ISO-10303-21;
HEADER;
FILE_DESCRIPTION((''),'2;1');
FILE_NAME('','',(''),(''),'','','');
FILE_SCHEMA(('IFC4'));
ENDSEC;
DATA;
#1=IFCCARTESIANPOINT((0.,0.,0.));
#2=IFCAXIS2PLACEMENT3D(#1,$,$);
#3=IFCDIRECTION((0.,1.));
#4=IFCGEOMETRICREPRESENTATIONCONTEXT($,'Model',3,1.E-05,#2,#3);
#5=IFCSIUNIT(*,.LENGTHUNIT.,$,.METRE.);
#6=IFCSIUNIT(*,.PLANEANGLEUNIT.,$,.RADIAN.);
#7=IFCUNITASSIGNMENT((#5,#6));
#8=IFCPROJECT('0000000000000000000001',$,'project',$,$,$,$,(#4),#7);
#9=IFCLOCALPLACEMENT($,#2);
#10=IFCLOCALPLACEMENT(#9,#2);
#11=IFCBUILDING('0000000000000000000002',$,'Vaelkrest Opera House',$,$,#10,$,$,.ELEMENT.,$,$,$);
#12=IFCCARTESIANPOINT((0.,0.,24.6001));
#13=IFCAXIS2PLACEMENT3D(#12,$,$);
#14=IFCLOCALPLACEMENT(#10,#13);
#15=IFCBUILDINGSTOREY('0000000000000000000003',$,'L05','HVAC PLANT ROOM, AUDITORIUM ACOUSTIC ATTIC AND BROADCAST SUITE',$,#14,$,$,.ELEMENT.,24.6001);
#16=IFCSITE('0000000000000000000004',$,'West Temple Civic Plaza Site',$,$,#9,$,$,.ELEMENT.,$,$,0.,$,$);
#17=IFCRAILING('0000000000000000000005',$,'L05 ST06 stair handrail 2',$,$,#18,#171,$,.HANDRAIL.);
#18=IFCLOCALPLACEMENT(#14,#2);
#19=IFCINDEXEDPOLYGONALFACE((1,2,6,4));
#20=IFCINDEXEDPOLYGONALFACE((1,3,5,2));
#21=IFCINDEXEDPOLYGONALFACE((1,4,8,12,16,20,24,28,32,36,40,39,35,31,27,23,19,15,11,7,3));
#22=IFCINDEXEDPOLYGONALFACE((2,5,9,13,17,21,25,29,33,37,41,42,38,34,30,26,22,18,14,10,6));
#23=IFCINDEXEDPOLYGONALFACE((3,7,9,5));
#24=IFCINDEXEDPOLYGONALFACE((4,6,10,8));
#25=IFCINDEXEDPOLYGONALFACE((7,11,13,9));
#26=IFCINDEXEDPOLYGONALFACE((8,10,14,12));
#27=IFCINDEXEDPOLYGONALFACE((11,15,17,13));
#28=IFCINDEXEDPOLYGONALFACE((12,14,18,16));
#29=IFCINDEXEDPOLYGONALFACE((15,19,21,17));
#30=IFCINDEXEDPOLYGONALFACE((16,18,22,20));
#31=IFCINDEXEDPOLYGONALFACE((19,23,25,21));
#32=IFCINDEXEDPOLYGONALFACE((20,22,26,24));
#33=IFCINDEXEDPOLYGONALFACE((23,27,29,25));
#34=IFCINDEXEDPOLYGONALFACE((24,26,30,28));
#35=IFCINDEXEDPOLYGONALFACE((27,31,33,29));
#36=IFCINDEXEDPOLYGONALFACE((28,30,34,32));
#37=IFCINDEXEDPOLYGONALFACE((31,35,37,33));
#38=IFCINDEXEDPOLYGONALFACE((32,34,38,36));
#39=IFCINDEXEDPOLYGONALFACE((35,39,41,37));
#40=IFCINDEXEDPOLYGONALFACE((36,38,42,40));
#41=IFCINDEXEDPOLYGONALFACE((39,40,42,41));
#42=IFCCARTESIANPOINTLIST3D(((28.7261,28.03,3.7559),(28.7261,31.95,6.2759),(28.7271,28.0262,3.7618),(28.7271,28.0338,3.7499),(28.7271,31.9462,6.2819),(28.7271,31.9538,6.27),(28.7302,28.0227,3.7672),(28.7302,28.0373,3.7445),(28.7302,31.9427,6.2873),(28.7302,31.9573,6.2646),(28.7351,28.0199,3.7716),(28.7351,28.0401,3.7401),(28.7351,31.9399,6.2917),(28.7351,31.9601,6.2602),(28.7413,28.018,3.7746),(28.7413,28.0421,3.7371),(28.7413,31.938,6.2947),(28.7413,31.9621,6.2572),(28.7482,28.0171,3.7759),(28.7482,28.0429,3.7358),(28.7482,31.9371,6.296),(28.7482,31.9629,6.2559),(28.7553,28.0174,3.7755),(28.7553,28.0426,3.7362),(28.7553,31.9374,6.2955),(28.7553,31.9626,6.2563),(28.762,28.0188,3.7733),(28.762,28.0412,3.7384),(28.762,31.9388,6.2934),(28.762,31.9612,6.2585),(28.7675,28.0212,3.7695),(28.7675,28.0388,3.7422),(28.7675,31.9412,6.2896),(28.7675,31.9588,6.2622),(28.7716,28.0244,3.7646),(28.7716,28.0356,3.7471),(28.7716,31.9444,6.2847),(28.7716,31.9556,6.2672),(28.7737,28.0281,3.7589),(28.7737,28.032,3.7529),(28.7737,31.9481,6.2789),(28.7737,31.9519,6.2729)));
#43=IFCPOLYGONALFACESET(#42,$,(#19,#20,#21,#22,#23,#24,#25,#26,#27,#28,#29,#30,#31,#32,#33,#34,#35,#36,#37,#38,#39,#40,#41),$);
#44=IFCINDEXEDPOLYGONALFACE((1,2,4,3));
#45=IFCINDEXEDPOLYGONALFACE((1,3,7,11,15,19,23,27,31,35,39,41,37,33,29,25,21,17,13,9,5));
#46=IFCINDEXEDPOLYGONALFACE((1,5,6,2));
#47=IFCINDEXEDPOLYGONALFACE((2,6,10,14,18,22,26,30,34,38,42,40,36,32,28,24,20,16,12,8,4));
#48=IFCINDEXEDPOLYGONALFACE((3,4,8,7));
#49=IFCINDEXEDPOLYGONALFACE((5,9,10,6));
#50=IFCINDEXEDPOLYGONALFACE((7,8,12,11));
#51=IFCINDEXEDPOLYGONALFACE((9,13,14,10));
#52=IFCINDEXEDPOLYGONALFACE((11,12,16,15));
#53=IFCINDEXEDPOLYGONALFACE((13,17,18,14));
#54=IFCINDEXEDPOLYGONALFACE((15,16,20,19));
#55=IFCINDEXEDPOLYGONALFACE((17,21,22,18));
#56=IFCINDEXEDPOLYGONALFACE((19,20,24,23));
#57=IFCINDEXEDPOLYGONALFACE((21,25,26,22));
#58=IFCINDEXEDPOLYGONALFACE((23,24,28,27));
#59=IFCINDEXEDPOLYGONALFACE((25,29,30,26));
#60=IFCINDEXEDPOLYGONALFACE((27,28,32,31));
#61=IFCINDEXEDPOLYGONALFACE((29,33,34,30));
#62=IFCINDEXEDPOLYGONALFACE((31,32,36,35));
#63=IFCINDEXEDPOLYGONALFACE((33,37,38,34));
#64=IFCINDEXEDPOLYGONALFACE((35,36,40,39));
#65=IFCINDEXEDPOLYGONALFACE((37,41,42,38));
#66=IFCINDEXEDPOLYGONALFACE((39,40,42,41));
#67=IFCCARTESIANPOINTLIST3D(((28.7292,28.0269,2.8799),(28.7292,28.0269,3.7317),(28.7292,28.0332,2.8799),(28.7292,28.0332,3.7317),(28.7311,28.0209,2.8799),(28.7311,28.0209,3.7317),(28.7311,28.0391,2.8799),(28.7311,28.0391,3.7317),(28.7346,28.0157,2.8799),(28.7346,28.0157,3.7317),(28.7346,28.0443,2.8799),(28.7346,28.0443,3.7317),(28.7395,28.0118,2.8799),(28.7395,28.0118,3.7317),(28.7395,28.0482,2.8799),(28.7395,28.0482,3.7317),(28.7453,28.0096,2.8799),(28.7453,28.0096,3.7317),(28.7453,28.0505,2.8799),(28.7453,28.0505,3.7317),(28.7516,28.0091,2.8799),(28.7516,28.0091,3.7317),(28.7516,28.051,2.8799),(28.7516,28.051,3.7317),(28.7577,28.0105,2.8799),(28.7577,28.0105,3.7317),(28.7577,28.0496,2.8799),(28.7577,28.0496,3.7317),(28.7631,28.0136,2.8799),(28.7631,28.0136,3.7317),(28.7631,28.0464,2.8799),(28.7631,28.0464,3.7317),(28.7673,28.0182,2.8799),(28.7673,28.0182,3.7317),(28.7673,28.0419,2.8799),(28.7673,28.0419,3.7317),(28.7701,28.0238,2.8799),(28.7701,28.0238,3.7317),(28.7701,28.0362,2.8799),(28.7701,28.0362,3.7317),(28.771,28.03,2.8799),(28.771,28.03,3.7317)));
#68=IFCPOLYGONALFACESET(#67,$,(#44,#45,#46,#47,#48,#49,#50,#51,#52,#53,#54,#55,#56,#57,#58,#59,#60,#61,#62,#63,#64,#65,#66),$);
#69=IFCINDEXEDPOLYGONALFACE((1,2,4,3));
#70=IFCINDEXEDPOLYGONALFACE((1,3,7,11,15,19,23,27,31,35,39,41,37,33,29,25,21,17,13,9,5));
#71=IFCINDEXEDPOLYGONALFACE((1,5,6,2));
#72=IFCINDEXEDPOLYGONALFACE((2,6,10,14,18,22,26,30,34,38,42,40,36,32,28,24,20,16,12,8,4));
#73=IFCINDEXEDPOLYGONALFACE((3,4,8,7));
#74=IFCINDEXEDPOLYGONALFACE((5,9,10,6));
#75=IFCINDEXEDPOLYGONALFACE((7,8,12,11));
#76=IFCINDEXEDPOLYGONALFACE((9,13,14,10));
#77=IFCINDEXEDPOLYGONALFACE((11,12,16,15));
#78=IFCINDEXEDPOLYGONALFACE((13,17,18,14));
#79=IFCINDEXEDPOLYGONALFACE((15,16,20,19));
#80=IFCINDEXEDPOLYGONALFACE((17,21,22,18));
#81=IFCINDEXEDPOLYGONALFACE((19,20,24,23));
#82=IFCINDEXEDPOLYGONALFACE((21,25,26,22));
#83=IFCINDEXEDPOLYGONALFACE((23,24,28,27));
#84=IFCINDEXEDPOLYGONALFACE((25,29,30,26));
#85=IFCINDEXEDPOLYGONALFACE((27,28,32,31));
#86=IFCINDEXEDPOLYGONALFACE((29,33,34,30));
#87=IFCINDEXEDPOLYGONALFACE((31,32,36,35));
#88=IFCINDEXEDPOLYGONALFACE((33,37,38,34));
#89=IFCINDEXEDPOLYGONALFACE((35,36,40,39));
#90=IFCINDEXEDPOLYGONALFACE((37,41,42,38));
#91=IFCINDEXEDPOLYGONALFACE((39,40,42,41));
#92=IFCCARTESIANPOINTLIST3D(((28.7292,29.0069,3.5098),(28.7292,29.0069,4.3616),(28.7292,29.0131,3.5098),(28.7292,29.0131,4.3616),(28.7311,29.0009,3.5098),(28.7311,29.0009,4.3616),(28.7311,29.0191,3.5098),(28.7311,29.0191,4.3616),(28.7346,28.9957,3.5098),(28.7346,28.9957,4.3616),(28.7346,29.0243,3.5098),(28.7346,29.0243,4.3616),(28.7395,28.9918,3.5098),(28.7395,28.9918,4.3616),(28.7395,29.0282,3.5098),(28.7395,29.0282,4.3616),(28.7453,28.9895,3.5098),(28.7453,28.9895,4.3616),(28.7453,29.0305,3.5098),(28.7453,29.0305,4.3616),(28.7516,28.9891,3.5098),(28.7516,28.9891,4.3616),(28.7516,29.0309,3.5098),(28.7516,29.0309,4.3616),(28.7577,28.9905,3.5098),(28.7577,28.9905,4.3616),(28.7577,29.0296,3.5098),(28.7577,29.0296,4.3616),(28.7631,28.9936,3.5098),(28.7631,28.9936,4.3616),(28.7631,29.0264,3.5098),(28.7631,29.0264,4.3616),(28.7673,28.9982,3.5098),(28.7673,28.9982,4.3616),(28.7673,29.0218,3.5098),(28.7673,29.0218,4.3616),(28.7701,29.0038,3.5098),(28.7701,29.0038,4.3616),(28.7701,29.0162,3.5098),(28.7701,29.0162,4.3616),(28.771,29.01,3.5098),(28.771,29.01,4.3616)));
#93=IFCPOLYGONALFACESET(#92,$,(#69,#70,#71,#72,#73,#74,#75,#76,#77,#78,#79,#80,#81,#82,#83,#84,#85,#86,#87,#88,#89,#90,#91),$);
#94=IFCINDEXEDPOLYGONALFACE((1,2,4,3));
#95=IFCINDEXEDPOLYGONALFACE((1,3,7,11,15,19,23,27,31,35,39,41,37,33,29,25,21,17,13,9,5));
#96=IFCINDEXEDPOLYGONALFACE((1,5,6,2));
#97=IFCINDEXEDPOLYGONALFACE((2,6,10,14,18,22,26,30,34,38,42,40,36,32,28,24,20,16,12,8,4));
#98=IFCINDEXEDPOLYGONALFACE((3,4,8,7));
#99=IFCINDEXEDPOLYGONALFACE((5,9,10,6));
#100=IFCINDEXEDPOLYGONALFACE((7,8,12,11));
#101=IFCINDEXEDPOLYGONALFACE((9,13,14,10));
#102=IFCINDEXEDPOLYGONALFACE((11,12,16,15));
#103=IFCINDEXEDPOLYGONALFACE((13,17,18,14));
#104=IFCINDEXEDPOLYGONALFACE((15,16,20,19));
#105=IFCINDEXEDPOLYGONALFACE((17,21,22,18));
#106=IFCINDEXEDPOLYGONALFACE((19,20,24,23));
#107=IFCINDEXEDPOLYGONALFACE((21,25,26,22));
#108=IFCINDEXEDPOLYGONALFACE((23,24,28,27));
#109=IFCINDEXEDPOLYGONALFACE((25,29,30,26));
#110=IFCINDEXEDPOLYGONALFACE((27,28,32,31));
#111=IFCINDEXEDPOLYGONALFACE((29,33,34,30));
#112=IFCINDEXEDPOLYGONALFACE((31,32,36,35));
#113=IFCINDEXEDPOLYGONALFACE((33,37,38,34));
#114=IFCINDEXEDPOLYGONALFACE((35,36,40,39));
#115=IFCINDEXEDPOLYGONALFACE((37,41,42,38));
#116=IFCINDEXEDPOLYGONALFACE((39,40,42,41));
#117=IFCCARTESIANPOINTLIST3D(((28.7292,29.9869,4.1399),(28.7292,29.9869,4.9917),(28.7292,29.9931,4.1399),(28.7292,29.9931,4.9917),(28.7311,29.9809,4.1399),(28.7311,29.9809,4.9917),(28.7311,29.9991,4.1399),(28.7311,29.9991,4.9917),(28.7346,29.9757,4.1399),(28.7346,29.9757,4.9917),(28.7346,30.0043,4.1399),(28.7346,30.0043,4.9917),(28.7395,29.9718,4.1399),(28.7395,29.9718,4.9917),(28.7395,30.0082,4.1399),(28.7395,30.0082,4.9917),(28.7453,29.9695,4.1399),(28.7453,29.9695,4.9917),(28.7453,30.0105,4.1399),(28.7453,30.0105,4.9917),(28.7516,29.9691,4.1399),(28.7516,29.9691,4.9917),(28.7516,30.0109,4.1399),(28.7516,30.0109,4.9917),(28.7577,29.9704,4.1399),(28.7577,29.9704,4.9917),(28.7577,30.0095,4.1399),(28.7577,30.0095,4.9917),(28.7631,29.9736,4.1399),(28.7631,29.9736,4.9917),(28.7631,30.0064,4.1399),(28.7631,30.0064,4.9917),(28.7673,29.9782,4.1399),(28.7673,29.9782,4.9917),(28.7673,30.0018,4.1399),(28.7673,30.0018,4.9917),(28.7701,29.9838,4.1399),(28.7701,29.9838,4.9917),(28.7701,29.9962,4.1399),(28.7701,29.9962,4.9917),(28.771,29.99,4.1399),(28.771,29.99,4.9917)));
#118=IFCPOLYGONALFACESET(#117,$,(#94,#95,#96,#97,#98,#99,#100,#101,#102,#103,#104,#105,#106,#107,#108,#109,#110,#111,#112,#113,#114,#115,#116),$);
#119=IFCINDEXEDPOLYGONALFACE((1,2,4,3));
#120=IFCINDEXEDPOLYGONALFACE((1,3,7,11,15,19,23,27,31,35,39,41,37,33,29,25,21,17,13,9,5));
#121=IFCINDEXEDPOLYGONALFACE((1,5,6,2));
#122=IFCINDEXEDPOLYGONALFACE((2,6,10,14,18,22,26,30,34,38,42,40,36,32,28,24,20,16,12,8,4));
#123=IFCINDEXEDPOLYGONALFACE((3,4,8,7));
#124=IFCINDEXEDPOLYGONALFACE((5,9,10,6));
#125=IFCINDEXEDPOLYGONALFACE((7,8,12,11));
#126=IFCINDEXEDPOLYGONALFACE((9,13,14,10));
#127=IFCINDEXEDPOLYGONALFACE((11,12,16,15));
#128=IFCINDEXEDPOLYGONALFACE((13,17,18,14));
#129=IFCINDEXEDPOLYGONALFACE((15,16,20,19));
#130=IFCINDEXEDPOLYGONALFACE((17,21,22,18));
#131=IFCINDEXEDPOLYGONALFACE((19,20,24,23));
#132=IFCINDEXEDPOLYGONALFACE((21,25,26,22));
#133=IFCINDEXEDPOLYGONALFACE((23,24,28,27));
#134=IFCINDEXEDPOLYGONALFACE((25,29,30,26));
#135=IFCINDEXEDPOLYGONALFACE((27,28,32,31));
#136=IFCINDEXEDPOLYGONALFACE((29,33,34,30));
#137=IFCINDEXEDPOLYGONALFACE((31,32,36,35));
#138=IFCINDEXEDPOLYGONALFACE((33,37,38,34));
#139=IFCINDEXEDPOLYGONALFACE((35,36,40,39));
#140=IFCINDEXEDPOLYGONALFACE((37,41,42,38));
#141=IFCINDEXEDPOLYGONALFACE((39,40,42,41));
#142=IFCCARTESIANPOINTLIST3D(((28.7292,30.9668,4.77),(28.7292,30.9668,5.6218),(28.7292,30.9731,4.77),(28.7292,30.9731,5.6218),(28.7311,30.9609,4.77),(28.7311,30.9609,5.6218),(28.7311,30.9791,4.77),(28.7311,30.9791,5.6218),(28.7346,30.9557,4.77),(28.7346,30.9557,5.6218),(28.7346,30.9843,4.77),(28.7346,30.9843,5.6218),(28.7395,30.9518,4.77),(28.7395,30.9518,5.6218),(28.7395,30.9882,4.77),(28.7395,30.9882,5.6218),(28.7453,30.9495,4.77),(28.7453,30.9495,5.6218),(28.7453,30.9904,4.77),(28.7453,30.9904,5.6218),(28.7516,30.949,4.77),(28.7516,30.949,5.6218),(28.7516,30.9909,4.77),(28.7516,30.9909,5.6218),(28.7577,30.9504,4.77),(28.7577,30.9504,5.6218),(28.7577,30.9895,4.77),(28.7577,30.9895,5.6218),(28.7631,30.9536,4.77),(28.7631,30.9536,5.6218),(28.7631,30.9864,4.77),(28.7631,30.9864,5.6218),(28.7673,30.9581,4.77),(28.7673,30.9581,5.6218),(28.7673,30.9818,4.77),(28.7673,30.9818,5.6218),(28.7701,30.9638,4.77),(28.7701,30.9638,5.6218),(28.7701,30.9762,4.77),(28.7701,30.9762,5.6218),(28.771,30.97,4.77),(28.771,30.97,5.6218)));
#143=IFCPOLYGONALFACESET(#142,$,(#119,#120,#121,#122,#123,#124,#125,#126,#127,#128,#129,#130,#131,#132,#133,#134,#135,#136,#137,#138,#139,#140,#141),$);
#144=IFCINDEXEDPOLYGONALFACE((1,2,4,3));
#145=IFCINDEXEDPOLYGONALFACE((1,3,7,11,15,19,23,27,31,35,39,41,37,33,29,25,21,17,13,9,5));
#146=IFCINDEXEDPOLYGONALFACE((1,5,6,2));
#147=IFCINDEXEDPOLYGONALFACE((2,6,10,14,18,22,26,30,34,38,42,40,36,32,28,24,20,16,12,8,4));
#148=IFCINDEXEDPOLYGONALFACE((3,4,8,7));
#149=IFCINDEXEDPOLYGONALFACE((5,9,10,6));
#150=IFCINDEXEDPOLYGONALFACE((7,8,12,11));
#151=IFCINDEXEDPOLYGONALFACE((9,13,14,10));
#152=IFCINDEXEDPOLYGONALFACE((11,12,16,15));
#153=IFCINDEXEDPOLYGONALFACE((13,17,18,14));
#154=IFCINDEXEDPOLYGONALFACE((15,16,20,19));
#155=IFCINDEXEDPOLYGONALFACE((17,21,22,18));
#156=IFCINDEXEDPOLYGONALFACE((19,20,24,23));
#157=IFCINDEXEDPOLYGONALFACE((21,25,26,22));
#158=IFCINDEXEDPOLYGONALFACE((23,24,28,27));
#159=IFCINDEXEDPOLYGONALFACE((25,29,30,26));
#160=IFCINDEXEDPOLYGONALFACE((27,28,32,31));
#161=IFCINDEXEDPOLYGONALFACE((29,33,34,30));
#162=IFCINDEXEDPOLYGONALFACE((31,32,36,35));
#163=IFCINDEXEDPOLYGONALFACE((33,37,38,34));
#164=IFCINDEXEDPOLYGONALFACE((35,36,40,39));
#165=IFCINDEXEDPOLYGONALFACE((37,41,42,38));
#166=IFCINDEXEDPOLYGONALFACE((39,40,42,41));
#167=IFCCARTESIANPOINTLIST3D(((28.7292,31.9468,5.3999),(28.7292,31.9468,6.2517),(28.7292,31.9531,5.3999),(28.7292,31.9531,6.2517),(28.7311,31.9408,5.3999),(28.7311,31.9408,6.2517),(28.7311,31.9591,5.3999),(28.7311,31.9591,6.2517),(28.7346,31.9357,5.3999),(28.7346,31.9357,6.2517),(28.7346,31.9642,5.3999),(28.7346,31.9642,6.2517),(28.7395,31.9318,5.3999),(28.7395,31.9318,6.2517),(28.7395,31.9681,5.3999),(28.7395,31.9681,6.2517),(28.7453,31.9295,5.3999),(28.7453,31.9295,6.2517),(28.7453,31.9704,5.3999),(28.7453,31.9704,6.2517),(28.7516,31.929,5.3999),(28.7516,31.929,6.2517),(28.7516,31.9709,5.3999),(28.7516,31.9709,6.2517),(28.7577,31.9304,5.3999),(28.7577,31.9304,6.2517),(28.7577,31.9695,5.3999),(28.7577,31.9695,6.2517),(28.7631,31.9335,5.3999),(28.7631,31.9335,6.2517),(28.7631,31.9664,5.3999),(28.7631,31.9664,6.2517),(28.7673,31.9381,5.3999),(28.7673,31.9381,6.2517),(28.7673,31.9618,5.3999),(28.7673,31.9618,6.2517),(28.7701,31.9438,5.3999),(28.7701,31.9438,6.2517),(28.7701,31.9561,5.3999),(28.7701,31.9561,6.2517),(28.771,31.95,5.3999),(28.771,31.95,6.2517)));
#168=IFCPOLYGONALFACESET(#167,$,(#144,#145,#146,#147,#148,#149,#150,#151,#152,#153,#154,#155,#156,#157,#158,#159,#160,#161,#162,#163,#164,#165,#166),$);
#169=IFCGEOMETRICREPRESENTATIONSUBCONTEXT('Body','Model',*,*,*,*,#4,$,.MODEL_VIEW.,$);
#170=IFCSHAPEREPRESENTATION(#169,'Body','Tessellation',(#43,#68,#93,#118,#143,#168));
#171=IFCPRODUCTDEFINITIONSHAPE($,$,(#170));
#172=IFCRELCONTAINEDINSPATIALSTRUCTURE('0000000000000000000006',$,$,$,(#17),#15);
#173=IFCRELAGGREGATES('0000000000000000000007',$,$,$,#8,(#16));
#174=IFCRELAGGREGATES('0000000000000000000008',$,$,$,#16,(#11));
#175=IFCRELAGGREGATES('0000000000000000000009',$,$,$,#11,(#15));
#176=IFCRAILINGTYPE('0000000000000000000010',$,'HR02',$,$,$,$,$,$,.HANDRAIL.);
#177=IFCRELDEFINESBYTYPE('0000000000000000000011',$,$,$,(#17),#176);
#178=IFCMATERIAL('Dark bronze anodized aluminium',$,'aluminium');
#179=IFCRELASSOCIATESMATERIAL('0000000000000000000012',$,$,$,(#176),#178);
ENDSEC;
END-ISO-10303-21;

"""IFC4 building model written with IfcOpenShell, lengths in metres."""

from ifc_helpers import new_model, si_unit, direction, frame, origin, origin_2d, place, context, subcontext, project, spatial, circle, extrude, material, type_object, element, save


model = new_model("IFC4")

# Units and contexts
model_context = context("Model", 3, precision=1e-05, world=origin(), true_north=direction((0.0, 1.0)))
body_context = subcontext(model_context, "Body", "Model", "MODEL_VIEW")
ifc_project = project(units=[si_unit("LENGTHUNIT", "METRE"), si_unit("PLANEANGLEUNIT", "RADIAN")], contexts=[model_context])

# Site, building, storey
site_placement = place(None, origin())
site = spatial("IfcSite", under=ifc_project, at=site_placement, Name="West Temple Civic Plaza Site", CompositionType="ELEMENT", RefElevation=0.0)
building_placement = place(site_placement, origin())
building = spatial("IfcBuilding", under=site, at=building_placement, Name="Vaelkrest Opera House", CompositionType="ELEMENT")
storey_placement = place(building_placement, frame((0.0, 0.0, 24.6001)))
storey = spatial("IfcBuildingStorey", under=building, at=storey_placement, Name="L05", Description="HVAC PLANT ROOM, AUDITORIUM ACOUSTIC ATTIC AND BROADCAST SUITE", CompositionType="ELEMENT", Elevation=24.6001)

# Railing
ifc_material_1 = material(Name="Dark bronze anodized aluminium", Category="aluminium")
railing_type_1 = type_object("IfcRailingType", Name="HR02", PredefinedType="HANDRAIL", material=ifc_material_1)
railing_1_placement = place(storey_placement, frame((28.75, 28.03, 2.8799)))
element("IfcRailing", 1, at=railing_1_placement, inside=storey, type_object=railing_type_1, Name="L05 ST06 stair handrail 2", PredefinedType="HANDRAIL", context=body_context, shape_type="SweptSolid", body=[
    extrude(circle(Radius=0.0239, at=origin_2d()), frame((0.0, 0.0, 0.876), z_axis=(0.0, 0.841172, 0.540768), x_axis=(-1.0, 0.0, 0.0)), (0.0, 0.0, 1.0), 4.6602),
    extrude(circle(Radius=0.021, at=origin_2d()), origin(), (0.0, 0.0, 1.0), 0.8518),
    extrude(circle(Radius=0.021, at=origin_2d()), frame((0.0, 0.98, 0.6299)), (0.0, 0.0, 1.0), 0.8518),
    extrude(circle(Radius=0.021, at=origin_2d()), frame((0.0, 1.96, 1.26)), (0.0, 0.0, 1.0), 0.8518),
    extrude(circle(Radius=0.021, at=origin_2d()), frame((0.0, 2.9399, 1.8901)), (0.0, 0.0, 1.0), 0.8518),
    extrude(circle(Radius=0.021, at=origin_2d()), frame((0.0, 3.9199, 2.52)), (0.0, 0.0, 1.0), 0.8518),
])

save(model, "model.ifc")
